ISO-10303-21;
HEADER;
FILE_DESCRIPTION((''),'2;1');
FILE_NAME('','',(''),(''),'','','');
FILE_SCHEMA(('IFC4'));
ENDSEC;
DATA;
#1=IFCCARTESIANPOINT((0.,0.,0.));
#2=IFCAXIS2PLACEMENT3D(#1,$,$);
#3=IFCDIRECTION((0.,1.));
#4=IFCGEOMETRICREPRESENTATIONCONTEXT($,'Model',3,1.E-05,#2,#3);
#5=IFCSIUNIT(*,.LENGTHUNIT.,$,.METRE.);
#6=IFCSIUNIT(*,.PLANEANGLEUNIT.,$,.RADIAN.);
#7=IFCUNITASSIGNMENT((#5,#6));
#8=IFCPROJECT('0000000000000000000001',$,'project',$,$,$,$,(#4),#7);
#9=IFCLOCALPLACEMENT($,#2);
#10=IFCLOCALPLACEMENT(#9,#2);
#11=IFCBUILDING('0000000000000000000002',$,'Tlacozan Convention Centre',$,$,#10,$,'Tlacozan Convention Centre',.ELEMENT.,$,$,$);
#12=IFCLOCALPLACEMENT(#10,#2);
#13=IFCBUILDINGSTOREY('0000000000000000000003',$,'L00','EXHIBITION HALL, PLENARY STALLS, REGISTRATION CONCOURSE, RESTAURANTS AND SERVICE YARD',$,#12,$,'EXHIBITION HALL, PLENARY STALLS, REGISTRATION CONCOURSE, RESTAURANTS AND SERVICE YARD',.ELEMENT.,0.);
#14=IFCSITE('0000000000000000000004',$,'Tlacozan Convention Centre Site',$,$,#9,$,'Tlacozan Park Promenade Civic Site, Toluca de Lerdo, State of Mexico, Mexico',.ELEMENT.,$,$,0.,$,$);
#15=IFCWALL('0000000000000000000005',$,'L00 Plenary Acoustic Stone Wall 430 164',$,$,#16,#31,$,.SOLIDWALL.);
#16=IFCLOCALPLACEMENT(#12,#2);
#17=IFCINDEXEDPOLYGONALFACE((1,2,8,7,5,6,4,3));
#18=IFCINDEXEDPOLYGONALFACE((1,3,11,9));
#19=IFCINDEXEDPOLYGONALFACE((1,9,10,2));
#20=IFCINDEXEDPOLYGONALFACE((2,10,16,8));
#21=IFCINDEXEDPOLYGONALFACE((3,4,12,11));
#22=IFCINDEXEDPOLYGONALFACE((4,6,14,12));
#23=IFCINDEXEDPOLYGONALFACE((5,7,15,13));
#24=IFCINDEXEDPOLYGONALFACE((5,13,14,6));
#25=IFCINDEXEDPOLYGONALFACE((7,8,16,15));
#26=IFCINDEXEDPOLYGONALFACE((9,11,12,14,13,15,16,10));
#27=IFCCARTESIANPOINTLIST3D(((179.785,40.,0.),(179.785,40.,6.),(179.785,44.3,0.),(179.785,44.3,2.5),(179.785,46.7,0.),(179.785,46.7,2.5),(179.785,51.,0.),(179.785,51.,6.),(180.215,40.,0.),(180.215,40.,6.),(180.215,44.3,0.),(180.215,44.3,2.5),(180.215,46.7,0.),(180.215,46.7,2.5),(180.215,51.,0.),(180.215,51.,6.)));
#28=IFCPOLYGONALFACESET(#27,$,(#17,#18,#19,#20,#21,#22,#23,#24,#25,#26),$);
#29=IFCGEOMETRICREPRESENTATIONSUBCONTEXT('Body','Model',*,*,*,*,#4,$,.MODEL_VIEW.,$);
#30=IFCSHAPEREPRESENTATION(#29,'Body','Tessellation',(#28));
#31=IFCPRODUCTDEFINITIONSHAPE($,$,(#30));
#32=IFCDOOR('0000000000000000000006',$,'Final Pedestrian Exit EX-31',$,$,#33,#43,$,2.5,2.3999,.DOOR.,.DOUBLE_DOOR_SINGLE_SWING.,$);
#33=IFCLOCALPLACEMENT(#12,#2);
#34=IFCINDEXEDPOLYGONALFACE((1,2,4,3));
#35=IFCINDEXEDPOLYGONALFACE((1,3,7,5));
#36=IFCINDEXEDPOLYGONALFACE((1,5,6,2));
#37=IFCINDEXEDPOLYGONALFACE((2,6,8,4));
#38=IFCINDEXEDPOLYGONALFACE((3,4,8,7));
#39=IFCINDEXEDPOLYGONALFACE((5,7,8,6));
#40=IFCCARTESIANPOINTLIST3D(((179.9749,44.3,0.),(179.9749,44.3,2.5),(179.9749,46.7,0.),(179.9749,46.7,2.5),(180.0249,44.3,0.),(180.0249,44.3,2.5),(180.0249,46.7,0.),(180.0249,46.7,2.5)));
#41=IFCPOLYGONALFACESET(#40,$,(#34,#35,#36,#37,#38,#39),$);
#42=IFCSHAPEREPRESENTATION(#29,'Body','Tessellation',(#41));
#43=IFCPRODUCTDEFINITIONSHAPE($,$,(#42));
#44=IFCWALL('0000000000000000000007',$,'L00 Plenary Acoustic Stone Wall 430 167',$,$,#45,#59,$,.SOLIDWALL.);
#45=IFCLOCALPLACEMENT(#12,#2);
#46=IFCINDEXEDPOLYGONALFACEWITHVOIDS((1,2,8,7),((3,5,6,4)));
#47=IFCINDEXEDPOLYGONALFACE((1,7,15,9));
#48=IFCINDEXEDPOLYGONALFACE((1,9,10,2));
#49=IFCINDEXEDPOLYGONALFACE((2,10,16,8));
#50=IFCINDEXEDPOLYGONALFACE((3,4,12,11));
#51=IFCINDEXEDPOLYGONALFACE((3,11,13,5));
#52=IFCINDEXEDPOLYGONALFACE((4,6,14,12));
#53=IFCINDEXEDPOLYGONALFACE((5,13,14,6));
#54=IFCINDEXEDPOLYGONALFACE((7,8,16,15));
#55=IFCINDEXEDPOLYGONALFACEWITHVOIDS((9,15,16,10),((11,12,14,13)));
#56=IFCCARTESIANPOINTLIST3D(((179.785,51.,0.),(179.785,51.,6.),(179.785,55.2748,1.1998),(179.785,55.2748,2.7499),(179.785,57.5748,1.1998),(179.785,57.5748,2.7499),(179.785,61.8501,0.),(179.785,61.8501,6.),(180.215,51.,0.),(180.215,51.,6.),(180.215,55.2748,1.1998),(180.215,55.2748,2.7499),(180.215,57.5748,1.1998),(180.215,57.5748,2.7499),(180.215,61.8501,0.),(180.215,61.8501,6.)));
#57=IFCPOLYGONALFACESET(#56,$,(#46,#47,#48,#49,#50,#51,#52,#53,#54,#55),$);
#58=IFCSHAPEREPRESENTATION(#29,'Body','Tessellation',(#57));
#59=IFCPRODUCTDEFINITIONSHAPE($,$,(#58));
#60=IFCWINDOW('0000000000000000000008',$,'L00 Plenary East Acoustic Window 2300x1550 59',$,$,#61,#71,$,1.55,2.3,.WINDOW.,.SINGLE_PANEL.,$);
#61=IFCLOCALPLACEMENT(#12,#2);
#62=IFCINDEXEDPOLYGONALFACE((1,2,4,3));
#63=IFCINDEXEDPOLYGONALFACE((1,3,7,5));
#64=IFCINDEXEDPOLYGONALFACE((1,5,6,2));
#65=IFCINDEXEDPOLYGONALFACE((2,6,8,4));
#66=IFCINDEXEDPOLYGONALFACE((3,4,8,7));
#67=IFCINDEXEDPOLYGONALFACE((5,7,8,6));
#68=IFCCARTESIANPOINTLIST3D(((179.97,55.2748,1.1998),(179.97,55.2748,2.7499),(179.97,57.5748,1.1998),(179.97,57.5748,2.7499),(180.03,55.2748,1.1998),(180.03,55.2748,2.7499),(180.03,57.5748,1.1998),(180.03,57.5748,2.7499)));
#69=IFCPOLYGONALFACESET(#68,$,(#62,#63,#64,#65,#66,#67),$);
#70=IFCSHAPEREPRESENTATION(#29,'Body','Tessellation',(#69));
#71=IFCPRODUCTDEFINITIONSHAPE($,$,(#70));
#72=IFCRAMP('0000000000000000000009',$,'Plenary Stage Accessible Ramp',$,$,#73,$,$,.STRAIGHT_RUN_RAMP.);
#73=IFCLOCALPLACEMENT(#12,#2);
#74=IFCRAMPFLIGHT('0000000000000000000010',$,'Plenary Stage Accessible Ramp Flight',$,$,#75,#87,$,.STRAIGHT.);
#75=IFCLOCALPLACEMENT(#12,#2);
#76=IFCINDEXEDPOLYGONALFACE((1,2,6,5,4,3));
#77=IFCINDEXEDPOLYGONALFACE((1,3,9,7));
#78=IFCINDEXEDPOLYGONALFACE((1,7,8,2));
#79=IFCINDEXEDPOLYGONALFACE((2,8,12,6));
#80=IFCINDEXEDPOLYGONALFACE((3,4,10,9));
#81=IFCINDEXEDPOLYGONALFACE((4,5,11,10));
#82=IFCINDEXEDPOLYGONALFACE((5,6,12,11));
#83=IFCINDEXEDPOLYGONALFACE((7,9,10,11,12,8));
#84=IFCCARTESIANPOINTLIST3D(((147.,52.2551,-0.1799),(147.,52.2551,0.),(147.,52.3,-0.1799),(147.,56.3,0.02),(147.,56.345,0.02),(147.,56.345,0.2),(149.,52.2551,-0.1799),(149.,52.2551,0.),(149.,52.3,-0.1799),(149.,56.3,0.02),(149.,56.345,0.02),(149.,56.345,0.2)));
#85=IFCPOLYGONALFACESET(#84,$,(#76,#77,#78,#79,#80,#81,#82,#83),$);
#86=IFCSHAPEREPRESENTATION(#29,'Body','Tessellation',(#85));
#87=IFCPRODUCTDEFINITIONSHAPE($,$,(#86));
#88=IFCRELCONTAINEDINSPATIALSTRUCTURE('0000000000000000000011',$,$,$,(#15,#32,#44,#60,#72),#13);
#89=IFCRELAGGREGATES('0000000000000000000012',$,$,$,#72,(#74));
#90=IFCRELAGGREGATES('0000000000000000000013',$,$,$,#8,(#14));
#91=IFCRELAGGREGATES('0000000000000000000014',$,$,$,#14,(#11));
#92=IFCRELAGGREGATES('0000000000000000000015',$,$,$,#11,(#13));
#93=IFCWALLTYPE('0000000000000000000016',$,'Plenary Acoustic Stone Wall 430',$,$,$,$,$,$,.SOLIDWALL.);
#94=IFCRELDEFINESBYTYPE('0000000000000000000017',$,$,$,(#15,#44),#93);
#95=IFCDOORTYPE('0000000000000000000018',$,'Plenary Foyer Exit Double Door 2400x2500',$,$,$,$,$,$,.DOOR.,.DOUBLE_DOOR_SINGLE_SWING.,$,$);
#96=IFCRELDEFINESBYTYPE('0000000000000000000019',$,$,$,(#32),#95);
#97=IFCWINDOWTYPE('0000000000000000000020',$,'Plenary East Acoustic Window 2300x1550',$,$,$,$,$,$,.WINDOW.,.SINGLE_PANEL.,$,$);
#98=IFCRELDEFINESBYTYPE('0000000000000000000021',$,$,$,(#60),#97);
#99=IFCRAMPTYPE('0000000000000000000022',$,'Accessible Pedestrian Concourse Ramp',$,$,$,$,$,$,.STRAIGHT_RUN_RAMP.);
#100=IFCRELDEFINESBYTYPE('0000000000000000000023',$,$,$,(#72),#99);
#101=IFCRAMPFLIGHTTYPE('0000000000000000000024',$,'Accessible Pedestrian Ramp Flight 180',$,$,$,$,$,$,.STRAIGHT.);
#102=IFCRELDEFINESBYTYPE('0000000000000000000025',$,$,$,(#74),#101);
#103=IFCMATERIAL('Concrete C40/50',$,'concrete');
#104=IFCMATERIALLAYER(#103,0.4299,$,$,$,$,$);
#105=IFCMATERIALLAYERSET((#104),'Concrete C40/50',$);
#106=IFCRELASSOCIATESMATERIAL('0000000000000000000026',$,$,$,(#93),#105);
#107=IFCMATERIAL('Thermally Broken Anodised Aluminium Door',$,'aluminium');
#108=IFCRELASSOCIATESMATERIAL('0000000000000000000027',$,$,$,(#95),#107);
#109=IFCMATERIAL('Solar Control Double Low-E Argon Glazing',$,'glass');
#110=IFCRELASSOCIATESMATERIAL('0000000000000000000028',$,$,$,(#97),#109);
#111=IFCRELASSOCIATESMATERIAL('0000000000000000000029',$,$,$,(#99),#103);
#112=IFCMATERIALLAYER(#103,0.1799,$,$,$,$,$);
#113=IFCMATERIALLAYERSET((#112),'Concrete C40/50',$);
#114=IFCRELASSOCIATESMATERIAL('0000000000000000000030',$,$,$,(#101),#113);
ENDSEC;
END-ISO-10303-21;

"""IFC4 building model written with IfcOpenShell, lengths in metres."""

from ifc_helpers import new_model, si_unit, direction, frame, frame_2d, origin, place, context, subcontext, project, spatial, polyline, rectangle, outline, extrude, material, layer, layer_set, type_object, element, fill, aggregate, save


model = new_model("IFC4")

# Units and contexts
model_context = context("Model", 3, precision=1e-05, world=origin(), true_north=direction((0.0, 1.0)))
body_context = subcontext(model_context, "Body", "Model", "MODEL_VIEW")
ifc_project = project(units=[si_unit("LENGTHUNIT", "METRE"), si_unit("PLANEANGLEUNIT", "RADIAN")], contexts=[model_context])

# Site, building, storey
site_placement = place(None, origin())
site = spatial("IfcSite", under=ifc_project, at=site_placement, Name="Tlacozan Convention Centre Site", LongName="Tlacozan Park Promenade Civic Site, Toluca de Lerdo, State of Mexico, Mexico", CompositionType="ELEMENT", RefElevation=0.0)
building_placement = place(site_placement, origin())
building = spatial("IfcBuilding", under=site, at=building_placement, Name="Tlacozan Convention Centre", LongName="Tlacozan Convention Centre", CompositionType="ELEMENT")
storey_placement = place(building_placement, origin())
storey = spatial("IfcBuildingStorey", under=building, at=storey_placement, Name="L00", Description="EXHIBITION HALL, PLENARY STALLS, REGISTRATION CONCOURSE, RESTAURANTS AND SERVICE YARD", LongName="EXHIBITION HALL, PLENARY STALLS, REGISTRATION CONCOURSE, RESTAURANTS AND SERVICE YARD", CompositionType="ELEMENT", Elevation=0.0)

# Shared definitions
ifc_material_1 = material(Name="Concrete C40/50", Category="concrete")

# Wall, opening, door
ifc_layer_1 = layer(ifc_material_1, 0.4299)
ifc_layer_set_1 = layer_set([ifc_layer_1], Name="Concrete C40/50")
wall_type = type_object("IfcWallType", Name="Plenary Acoustic Stone Wall 430", PredefinedType="SOLIDWALL", material=ifc_layer_set_1)
ifc_material_2 = material(Name="Thermally Broken Anodised Aluminium Door", Category="aluminium")
door_type = type_object("IfcDoorType", Name="Plenary Foyer Exit Double Door 2400x2500", OperationType="DOUBLE_DOOR_SINGLE_SWING", PredefinedType="DOOR", material=ifc_material_2)
wall_1_placement = place(storey_placement, frame((180.0, 40.0, 0.0), z_axis=(0.0, 0.0, 1.0), x_axis=(0.0, 1.0, 0.0)))
wall_1 = element("IfcWall", 1, at=wall_1_placement, inside=storey, type_object=wall_type, Name="L00 Plenary Acoustic Stone Wall 430 164", PredefinedType="SOLIDWALL", context=body_context, shape_type="SweptSolid", body=[
    extrude(rectangle(XDim=11.0, YDim=0.4299, at=frame_2d((5.5, 0.0))), origin(), (0.0, 0.0, 1.0), 6.0),
])
opening_1_placement = place(wall_1_placement, frame((4.3, 0.0, 0.0)))
opening_1 = element("IfcOpeningElement", 2, at=opening_1_placement, cuts=wall_1, PredefinedType="OPENING", context=body_context, shape_type="SweptSolid", body=[
    extrude(rectangle(XDim=2.3999, YDim=2.5, at=frame_2d((1.2, 1.25))), frame((0.0, 0.2249, 0.0), z_axis=(0.0, -1.0, 0.0), x_axis=(1.0, 0.0, 0.0)), (0.0, 0.0, 1.0), 0.45),
])
door_1_placement = place(opening_1_placement, frame((2.3999, 0.0, 0.0), z_axis=(0.0, 0.0, 1.0), x_axis=(-1.0, 0.0, 0.0)))
door_1 = element("IfcDoor", 3, at=door_1_placement, inside=storey, type_object=door_type, Name="Final Pedestrian Exit EX-31", OperationType="DOUBLE_DOOR_SINGLE_SWING", OverallHeight=2.5, OverallWidth=2.3999, PredefinedType="DOOR", context=body_context, shape_type="SweptSolid", body=[
    extrude(rectangle(XDim=2.3999, YDim=2.5, at=frame_2d((1.2, 1.25))), frame((0.0, 0.0249, 0.0), z_axis=(0.0, -1.0, 0.0), x_axis=(1.0, 0.0, 0.0)), (0.0, 0.0, 1.0), 0.05),
])
fill(opening_1, door_1)

# Wall, opening, window
wall_2_placement = place(storey_placement, frame((180.0, 51.0, 0.0), z_axis=(0.0, 0.0, 1.0), x_axis=(0.0, 1.0, 0.0)))
wall_2 = element("IfcWall", 4, at=wall_2_placement, inside=storey, type_object=wall_type, Name="L00 Plenary Acoustic Stone Wall 430 167", PredefinedType="SOLIDWALL", context=body_context, shape_type="SweptSolid", body=[
    extrude(rectangle(XDim=10.8501, YDim=0.4299, at=frame_2d((5.425, 0.0))), origin(), (0.0, 0.0, 1.0), 6.0),
])
opening_2_placement = place(wall_2_placement, frame((4.2749, 0.0, 1.2)))
opening_2 = element("IfcOpeningElement", 5, at=opening_2_placement, cuts=wall_2, PredefinedType="OPENING", context=body_context, shape_type="SweptSolid", body=[
    extrude(rectangle(XDim=2.3, YDim=1.55, at=frame_2d((1.1499, 0.7749))), frame((0.0, 0.2249, 0.0), z_axis=(0.0, -1.0, 0.0), x_axis=(1.0, 0.0, 0.0)), (0.0, 0.0, 1.0), 0.45),
])
ifc_material_3 = material(Name="Solar Control Double Low-E Argon Glazing", Category="glass")
window_type = type_object("IfcWindowType", Name="Plenary East Acoustic Window 2300x1550", PartitioningType="SINGLE_PANEL", PredefinedType="WINDOW", material=ifc_material_3)
window_placement = place(opening_2_placement, origin())
window = element("IfcWindow", 6, at=window_placement, inside=storey, type_object=window_type, Name="L00 Plenary East Acoustic Window 2300x1550 59", OverallHeight=1.55, OverallWidth=2.3, PartitioningType="SINGLE_PANEL", PredefinedType="WINDOW", context=body_context, shape_type="SweptSolid", body=[
    extrude(rectangle(XDim=2.3, YDim=1.55, at=frame_2d((1.1499, 0.7749))), frame((0.0, 0.03, 0.0), z_axis=(0.0, -1.0, 0.0), x_axis=(1.0, 0.0, 0.0)), (0.0, 0.0, 1.0), 0.0601),
])
fill(opening_2, window)

# Ramp, ramp flight
ramp_type = type_object("IfcRampType", Name="Accessible Pedestrian Concourse Ramp", PredefinedType="STRAIGHT_RUN_RAMP", material=ifc_material_1)
ramp_placement = place(storey_placement, origin())
ramp = element("IfcRamp", 7, at=ramp_placement, inside=storey, type_object=ramp_type, Name="Plenary Stage Accessible Ramp", PredefinedType="STRAIGHT_RUN_RAMP")
ifc_layer_2 = layer(ifc_material_1, 0.1799)
ifc_layer_set_2 = layer_set([ifc_layer_2], Name="Concrete C40/50")
ramp_flight_type = type_object("IfcRampFlightType", Name="Accessible Pedestrian Ramp Flight 180", PredefinedType="STRAIGHT", material=ifc_layer_set_2)
ramp_flight_placement = place(storey_placement, frame((148.0, 52.3, 0.0), z_axis=(0.0, 0.0, 1.0), x_axis=(0.0, 1.0, 0.0)))
ramp_flight = element("IfcRampFlight", 8, at=ramp_flight_placement, type_object=ramp_flight_type, Name="Plenary Stage Accessible Ramp Flight", PredefinedType="STRAIGHT", context=body_context, shape_type="SweptSolid", body=[
    extrude(outline(polyline([(-0.0449, 0.0), (-0.0449, -0.1799), (0.0, -0.1799), (4.0, 0.02), (4.0449, 0.02), (4.0449, 0.2), (-0.0449, 0.0)])), frame((0.0, 1.0, 0.0), z_axis=(0.0, -1.0, 0.0), x_axis=(1.0, 0.0, 0.0)), (0.0, 0.0, 1.0), 2.0),
])
aggregate(ramp, [ramp_flight])

save(model, "model.ifc")
